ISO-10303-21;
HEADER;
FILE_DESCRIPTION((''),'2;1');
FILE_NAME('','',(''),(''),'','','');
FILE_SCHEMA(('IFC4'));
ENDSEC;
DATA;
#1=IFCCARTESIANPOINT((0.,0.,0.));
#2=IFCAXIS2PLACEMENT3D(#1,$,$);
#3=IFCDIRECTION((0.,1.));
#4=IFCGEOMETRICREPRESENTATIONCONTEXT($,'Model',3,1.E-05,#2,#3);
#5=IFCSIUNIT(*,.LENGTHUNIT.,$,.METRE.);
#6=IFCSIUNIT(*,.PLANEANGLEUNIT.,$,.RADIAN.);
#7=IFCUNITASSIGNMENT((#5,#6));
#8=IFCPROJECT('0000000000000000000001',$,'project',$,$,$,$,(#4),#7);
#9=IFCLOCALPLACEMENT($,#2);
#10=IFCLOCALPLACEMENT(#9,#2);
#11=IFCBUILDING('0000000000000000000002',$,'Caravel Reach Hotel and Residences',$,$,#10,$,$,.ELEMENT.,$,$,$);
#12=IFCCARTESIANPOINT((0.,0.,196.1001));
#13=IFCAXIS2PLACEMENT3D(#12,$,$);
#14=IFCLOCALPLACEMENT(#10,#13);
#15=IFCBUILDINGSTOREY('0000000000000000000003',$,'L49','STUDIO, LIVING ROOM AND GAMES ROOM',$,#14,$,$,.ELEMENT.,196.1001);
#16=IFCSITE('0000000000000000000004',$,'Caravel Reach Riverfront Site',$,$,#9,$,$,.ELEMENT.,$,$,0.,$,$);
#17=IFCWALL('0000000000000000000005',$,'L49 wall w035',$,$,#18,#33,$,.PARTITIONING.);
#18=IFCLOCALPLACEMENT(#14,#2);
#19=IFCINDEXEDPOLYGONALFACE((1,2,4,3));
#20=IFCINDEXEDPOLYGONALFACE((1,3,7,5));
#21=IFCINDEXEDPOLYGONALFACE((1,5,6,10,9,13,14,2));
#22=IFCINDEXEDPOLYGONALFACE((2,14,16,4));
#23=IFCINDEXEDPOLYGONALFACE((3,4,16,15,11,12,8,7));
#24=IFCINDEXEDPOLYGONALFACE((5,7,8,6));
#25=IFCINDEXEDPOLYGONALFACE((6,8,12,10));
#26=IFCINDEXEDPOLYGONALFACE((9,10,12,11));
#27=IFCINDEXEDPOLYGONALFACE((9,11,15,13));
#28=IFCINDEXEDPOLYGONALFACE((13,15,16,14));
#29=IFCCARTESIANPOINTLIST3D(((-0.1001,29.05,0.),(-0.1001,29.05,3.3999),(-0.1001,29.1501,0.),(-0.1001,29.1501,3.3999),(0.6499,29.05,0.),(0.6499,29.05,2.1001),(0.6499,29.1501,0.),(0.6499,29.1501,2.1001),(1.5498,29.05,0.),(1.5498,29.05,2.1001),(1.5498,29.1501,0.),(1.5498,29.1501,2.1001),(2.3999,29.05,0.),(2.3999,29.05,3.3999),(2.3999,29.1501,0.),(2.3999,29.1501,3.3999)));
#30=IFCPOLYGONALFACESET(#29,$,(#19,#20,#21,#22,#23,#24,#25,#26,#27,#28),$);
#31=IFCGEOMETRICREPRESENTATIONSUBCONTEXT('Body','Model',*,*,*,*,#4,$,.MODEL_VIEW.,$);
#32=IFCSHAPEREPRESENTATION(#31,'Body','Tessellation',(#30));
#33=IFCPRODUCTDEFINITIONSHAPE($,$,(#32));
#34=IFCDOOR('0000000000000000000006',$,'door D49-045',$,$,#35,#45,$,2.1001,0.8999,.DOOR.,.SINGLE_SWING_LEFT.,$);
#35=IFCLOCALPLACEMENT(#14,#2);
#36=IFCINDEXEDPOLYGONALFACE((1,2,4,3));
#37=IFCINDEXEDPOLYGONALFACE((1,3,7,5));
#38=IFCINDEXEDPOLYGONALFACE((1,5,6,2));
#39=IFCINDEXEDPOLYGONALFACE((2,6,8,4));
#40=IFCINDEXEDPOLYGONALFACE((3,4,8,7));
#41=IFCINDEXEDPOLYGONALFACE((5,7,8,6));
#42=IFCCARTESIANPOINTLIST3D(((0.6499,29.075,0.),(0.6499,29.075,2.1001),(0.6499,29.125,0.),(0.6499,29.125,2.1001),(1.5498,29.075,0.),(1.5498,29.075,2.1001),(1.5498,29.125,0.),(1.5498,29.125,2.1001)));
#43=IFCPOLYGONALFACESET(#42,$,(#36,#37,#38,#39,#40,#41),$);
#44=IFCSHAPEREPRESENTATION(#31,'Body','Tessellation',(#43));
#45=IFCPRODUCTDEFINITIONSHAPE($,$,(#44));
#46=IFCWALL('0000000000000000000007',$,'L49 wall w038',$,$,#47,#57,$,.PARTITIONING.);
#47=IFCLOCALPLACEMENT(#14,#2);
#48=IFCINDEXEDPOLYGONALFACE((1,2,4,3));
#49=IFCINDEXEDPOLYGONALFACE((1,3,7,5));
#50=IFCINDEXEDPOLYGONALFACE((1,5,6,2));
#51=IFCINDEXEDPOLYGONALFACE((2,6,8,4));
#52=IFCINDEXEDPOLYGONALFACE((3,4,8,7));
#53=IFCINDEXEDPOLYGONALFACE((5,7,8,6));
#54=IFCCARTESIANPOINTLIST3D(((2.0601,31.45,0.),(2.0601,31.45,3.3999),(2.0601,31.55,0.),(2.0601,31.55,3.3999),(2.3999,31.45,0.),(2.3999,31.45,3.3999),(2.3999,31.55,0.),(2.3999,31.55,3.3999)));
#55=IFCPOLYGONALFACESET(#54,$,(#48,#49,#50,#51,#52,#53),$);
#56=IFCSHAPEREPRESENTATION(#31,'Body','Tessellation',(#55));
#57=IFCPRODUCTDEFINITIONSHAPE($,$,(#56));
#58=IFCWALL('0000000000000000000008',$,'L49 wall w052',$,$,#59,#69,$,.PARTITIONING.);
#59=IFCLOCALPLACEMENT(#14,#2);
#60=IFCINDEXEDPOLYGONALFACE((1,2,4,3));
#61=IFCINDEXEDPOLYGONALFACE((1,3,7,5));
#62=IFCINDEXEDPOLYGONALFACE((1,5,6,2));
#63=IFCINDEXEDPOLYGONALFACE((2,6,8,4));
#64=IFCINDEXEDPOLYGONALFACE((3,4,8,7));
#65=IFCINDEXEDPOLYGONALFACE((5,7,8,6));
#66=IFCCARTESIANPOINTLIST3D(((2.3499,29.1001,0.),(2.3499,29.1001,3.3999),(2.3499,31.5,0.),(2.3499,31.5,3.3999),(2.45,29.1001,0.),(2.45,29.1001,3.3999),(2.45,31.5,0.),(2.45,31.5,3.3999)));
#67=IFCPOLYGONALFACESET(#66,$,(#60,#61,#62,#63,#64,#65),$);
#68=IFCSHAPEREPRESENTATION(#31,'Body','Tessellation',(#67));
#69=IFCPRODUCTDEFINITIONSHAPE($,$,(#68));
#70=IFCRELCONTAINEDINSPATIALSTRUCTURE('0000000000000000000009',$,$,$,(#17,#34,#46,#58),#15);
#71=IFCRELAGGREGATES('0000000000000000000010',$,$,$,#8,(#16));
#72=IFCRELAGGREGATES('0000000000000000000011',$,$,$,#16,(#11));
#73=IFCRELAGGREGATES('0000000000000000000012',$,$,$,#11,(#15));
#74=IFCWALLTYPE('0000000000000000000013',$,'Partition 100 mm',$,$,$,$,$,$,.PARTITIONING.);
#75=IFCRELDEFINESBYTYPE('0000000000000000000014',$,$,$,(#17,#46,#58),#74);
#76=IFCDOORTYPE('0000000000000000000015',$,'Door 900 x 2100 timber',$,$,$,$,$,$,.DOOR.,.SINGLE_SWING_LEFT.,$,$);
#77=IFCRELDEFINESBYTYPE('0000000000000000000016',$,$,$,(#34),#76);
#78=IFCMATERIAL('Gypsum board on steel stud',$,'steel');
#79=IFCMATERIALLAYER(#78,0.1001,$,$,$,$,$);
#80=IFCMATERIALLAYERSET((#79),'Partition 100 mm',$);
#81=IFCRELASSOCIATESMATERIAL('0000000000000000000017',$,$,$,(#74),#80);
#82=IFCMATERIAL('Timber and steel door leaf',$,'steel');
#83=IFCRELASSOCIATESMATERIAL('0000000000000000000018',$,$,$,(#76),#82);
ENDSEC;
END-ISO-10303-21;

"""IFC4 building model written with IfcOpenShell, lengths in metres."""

from ifc_helpers import new_model, si_unit, direction, frame, frame_2d, origin, place, context, subcontext, project, spatial, rectangle, extrude, material, layer, layer_set, type_object, element, fill, save


model = new_model("IFC4")

# Units and contexts
model_context = context("Model", 3, precision=1e-05, world=origin(), true_north=direction((0.0, 1.0)))
body_context = subcontext(model_context, "Body", "Model", "MODEL_VIEW")
ifc_project = project(units=[si_unit("LENGTHUNIT", "METRE"), si_unit("PLANEANGLEUNIT", "RADIAN")], contexts=[model_context])

# Site, building, storey
site_placement = place(None, origin())
site = spatial("IfcSite", under=ifc_project, at=site_placement, Name="Caravel Reach Riverfront Site", CompositionType="ELEMENT", RefElevation=0.0)
building_placement = place(site_placement, origin())
building = spatial("IfcBuilding", under=site, at=building_placement, Name="Caravel Reach Hotel and Residences", CompositionType="ELEMENT")
storey_placement = place(building_placement, frame((0.0, 0.0, 196.1001)))
storey = spatial("IfcBuildingStorey", under=building, at=storey_placement, Name="L49", Description="STUDIO, LIVING ROOM AND GAMES ROOM", CompositionType="ELEMENT", Elevation=196.1001)

# Wall, opening, door
ifc_material_1 = material(Name="Gypsum board on steel stud", Category="steel")
ifc_layer_1 = layer(ifc_material_1, 0.1001)
ifc_layer_set_1 = layer_set([ifc_layer_1], Name="Partition 100 mm")
wall_type_1 = type_object("IfcWallType", Name="Partition 100 mm", PredefinedType="PARTITIONING", material=ifc_layer_set_1)
wall_1_placement = place(storey_placement, frame((-0.1001, 29.1001, 0.0), z_axis=(0.0, 0.0, 1.0), x_axis=(1.0, 0.0, 0.0)))
wall_1 = element("IfcWall", 1, at=wall_1_placement, inside=storey, type_object=wall_type_1, Name="L49 wall w035", PredefinedType="PARTITIONING", context=body_context, shape_type="SweptSolid", body=[
    extrude(rectangle(XDim=2.5, YDim=0.1001, at=frame_2d((1.25, 0.0))), origin(), (0.0, 0.0, 1.0), 3.3999),
])
opening_1_placement = place(wall_1_placement, frame((0.75, 0.0, 0.0)))
opening_1 = element("IfcOpeningElement", 2, at=opening_1_placement, cuts=wall_1, PredefinedType="OPENING", context=body_context, shape_type="SweptSolid", body=[
    extrude(rectangle(XDim=0.8999, YDim=2.1001, at=frame_2d((0.45, 1.05))), frame((0.0, 0.0601, 0.0), z_axis=(0.0, -1.0, 0.0), x_axis=(1.0, 0.0, 0.0)), (0.0, 0.0, 1.0), 0.1201),
])
ifc_material_2 = material(Name="Timber and steel door leaf", Category="steel")
door_type_1 = type_object("IfcDoorType", Name="Door 900 x 2100 timber", OperationType="SINGLE_SWING_LEFT", PredefinedType="DOOR", material=ifc_material_2)
door_1_placement = place(opening_1_placement, origin())
door_1 = element("IfcDoor", 3, at=door_1_placement, inside=storey, type_object=door_type_1, Name="door D49-045", OperationType="SINGLE_SWING_LEFT", OverallHeight=2.1001, OverallWidth=0.8999, PredefinedType="DOOR", context=body_context, shape_type="SweptSolid", body=[
    extrude(rectangle(XDim=0.8999, YDim=2.1001, at=frame_2d((0.45, 1.05))), frame((0.0, 0.0249, 0.0), z_axis=(0.0, -1.0, 0.0), x_axis=(1.0, 0.0, 0.0)), (0.0, 0.0, 1.0), 0.05),
])
fill(opening_1, door_1)

# Walls
wall_2_placement = place(storey_placement, frame((2.0601, 31.5, 0.0), z_axis=(0.0, 0.0, 1.0), x_axis=(1.0, 0.0, 0.0)))
element("IfcWall", 4, at=wall_2_placement, inside=storey, type_object=wall_type_1, Name="L49 wall w038", PredefinedType="PARTITIONING", context=body_context, shape_type="SweptSolid", body=[
    extrude(rectangle(XDim=0.3398, YDim=0.1001, at=frame_2d((0.1699, 0.0))), origin(), (0.0, 0.0, 1.0), 3.3999),
])
wall_3_placement = place(storey_placement, frame((2.3999, 29.1001, 0.0), z_axis=(0.0, 0.0, 1.0), x_axis=(0.0, 1.0, 0.0)))
element("IfcWall", 5, at=wall_3_placement, inside=storey, type_object=wall_type_1, Name="L49 wall w052", PredefinedType="PARTITIONING", context=body_context, shape_type="SweptSolid", body=[
    extrude(rectangle(XDim=2.3999, YDim=0.1001, at=frame_2d((1.2, 0.0))), origin(), (0.0, 0.0, 1.0), 3.3999),
])

save(model, "model.ifc")
